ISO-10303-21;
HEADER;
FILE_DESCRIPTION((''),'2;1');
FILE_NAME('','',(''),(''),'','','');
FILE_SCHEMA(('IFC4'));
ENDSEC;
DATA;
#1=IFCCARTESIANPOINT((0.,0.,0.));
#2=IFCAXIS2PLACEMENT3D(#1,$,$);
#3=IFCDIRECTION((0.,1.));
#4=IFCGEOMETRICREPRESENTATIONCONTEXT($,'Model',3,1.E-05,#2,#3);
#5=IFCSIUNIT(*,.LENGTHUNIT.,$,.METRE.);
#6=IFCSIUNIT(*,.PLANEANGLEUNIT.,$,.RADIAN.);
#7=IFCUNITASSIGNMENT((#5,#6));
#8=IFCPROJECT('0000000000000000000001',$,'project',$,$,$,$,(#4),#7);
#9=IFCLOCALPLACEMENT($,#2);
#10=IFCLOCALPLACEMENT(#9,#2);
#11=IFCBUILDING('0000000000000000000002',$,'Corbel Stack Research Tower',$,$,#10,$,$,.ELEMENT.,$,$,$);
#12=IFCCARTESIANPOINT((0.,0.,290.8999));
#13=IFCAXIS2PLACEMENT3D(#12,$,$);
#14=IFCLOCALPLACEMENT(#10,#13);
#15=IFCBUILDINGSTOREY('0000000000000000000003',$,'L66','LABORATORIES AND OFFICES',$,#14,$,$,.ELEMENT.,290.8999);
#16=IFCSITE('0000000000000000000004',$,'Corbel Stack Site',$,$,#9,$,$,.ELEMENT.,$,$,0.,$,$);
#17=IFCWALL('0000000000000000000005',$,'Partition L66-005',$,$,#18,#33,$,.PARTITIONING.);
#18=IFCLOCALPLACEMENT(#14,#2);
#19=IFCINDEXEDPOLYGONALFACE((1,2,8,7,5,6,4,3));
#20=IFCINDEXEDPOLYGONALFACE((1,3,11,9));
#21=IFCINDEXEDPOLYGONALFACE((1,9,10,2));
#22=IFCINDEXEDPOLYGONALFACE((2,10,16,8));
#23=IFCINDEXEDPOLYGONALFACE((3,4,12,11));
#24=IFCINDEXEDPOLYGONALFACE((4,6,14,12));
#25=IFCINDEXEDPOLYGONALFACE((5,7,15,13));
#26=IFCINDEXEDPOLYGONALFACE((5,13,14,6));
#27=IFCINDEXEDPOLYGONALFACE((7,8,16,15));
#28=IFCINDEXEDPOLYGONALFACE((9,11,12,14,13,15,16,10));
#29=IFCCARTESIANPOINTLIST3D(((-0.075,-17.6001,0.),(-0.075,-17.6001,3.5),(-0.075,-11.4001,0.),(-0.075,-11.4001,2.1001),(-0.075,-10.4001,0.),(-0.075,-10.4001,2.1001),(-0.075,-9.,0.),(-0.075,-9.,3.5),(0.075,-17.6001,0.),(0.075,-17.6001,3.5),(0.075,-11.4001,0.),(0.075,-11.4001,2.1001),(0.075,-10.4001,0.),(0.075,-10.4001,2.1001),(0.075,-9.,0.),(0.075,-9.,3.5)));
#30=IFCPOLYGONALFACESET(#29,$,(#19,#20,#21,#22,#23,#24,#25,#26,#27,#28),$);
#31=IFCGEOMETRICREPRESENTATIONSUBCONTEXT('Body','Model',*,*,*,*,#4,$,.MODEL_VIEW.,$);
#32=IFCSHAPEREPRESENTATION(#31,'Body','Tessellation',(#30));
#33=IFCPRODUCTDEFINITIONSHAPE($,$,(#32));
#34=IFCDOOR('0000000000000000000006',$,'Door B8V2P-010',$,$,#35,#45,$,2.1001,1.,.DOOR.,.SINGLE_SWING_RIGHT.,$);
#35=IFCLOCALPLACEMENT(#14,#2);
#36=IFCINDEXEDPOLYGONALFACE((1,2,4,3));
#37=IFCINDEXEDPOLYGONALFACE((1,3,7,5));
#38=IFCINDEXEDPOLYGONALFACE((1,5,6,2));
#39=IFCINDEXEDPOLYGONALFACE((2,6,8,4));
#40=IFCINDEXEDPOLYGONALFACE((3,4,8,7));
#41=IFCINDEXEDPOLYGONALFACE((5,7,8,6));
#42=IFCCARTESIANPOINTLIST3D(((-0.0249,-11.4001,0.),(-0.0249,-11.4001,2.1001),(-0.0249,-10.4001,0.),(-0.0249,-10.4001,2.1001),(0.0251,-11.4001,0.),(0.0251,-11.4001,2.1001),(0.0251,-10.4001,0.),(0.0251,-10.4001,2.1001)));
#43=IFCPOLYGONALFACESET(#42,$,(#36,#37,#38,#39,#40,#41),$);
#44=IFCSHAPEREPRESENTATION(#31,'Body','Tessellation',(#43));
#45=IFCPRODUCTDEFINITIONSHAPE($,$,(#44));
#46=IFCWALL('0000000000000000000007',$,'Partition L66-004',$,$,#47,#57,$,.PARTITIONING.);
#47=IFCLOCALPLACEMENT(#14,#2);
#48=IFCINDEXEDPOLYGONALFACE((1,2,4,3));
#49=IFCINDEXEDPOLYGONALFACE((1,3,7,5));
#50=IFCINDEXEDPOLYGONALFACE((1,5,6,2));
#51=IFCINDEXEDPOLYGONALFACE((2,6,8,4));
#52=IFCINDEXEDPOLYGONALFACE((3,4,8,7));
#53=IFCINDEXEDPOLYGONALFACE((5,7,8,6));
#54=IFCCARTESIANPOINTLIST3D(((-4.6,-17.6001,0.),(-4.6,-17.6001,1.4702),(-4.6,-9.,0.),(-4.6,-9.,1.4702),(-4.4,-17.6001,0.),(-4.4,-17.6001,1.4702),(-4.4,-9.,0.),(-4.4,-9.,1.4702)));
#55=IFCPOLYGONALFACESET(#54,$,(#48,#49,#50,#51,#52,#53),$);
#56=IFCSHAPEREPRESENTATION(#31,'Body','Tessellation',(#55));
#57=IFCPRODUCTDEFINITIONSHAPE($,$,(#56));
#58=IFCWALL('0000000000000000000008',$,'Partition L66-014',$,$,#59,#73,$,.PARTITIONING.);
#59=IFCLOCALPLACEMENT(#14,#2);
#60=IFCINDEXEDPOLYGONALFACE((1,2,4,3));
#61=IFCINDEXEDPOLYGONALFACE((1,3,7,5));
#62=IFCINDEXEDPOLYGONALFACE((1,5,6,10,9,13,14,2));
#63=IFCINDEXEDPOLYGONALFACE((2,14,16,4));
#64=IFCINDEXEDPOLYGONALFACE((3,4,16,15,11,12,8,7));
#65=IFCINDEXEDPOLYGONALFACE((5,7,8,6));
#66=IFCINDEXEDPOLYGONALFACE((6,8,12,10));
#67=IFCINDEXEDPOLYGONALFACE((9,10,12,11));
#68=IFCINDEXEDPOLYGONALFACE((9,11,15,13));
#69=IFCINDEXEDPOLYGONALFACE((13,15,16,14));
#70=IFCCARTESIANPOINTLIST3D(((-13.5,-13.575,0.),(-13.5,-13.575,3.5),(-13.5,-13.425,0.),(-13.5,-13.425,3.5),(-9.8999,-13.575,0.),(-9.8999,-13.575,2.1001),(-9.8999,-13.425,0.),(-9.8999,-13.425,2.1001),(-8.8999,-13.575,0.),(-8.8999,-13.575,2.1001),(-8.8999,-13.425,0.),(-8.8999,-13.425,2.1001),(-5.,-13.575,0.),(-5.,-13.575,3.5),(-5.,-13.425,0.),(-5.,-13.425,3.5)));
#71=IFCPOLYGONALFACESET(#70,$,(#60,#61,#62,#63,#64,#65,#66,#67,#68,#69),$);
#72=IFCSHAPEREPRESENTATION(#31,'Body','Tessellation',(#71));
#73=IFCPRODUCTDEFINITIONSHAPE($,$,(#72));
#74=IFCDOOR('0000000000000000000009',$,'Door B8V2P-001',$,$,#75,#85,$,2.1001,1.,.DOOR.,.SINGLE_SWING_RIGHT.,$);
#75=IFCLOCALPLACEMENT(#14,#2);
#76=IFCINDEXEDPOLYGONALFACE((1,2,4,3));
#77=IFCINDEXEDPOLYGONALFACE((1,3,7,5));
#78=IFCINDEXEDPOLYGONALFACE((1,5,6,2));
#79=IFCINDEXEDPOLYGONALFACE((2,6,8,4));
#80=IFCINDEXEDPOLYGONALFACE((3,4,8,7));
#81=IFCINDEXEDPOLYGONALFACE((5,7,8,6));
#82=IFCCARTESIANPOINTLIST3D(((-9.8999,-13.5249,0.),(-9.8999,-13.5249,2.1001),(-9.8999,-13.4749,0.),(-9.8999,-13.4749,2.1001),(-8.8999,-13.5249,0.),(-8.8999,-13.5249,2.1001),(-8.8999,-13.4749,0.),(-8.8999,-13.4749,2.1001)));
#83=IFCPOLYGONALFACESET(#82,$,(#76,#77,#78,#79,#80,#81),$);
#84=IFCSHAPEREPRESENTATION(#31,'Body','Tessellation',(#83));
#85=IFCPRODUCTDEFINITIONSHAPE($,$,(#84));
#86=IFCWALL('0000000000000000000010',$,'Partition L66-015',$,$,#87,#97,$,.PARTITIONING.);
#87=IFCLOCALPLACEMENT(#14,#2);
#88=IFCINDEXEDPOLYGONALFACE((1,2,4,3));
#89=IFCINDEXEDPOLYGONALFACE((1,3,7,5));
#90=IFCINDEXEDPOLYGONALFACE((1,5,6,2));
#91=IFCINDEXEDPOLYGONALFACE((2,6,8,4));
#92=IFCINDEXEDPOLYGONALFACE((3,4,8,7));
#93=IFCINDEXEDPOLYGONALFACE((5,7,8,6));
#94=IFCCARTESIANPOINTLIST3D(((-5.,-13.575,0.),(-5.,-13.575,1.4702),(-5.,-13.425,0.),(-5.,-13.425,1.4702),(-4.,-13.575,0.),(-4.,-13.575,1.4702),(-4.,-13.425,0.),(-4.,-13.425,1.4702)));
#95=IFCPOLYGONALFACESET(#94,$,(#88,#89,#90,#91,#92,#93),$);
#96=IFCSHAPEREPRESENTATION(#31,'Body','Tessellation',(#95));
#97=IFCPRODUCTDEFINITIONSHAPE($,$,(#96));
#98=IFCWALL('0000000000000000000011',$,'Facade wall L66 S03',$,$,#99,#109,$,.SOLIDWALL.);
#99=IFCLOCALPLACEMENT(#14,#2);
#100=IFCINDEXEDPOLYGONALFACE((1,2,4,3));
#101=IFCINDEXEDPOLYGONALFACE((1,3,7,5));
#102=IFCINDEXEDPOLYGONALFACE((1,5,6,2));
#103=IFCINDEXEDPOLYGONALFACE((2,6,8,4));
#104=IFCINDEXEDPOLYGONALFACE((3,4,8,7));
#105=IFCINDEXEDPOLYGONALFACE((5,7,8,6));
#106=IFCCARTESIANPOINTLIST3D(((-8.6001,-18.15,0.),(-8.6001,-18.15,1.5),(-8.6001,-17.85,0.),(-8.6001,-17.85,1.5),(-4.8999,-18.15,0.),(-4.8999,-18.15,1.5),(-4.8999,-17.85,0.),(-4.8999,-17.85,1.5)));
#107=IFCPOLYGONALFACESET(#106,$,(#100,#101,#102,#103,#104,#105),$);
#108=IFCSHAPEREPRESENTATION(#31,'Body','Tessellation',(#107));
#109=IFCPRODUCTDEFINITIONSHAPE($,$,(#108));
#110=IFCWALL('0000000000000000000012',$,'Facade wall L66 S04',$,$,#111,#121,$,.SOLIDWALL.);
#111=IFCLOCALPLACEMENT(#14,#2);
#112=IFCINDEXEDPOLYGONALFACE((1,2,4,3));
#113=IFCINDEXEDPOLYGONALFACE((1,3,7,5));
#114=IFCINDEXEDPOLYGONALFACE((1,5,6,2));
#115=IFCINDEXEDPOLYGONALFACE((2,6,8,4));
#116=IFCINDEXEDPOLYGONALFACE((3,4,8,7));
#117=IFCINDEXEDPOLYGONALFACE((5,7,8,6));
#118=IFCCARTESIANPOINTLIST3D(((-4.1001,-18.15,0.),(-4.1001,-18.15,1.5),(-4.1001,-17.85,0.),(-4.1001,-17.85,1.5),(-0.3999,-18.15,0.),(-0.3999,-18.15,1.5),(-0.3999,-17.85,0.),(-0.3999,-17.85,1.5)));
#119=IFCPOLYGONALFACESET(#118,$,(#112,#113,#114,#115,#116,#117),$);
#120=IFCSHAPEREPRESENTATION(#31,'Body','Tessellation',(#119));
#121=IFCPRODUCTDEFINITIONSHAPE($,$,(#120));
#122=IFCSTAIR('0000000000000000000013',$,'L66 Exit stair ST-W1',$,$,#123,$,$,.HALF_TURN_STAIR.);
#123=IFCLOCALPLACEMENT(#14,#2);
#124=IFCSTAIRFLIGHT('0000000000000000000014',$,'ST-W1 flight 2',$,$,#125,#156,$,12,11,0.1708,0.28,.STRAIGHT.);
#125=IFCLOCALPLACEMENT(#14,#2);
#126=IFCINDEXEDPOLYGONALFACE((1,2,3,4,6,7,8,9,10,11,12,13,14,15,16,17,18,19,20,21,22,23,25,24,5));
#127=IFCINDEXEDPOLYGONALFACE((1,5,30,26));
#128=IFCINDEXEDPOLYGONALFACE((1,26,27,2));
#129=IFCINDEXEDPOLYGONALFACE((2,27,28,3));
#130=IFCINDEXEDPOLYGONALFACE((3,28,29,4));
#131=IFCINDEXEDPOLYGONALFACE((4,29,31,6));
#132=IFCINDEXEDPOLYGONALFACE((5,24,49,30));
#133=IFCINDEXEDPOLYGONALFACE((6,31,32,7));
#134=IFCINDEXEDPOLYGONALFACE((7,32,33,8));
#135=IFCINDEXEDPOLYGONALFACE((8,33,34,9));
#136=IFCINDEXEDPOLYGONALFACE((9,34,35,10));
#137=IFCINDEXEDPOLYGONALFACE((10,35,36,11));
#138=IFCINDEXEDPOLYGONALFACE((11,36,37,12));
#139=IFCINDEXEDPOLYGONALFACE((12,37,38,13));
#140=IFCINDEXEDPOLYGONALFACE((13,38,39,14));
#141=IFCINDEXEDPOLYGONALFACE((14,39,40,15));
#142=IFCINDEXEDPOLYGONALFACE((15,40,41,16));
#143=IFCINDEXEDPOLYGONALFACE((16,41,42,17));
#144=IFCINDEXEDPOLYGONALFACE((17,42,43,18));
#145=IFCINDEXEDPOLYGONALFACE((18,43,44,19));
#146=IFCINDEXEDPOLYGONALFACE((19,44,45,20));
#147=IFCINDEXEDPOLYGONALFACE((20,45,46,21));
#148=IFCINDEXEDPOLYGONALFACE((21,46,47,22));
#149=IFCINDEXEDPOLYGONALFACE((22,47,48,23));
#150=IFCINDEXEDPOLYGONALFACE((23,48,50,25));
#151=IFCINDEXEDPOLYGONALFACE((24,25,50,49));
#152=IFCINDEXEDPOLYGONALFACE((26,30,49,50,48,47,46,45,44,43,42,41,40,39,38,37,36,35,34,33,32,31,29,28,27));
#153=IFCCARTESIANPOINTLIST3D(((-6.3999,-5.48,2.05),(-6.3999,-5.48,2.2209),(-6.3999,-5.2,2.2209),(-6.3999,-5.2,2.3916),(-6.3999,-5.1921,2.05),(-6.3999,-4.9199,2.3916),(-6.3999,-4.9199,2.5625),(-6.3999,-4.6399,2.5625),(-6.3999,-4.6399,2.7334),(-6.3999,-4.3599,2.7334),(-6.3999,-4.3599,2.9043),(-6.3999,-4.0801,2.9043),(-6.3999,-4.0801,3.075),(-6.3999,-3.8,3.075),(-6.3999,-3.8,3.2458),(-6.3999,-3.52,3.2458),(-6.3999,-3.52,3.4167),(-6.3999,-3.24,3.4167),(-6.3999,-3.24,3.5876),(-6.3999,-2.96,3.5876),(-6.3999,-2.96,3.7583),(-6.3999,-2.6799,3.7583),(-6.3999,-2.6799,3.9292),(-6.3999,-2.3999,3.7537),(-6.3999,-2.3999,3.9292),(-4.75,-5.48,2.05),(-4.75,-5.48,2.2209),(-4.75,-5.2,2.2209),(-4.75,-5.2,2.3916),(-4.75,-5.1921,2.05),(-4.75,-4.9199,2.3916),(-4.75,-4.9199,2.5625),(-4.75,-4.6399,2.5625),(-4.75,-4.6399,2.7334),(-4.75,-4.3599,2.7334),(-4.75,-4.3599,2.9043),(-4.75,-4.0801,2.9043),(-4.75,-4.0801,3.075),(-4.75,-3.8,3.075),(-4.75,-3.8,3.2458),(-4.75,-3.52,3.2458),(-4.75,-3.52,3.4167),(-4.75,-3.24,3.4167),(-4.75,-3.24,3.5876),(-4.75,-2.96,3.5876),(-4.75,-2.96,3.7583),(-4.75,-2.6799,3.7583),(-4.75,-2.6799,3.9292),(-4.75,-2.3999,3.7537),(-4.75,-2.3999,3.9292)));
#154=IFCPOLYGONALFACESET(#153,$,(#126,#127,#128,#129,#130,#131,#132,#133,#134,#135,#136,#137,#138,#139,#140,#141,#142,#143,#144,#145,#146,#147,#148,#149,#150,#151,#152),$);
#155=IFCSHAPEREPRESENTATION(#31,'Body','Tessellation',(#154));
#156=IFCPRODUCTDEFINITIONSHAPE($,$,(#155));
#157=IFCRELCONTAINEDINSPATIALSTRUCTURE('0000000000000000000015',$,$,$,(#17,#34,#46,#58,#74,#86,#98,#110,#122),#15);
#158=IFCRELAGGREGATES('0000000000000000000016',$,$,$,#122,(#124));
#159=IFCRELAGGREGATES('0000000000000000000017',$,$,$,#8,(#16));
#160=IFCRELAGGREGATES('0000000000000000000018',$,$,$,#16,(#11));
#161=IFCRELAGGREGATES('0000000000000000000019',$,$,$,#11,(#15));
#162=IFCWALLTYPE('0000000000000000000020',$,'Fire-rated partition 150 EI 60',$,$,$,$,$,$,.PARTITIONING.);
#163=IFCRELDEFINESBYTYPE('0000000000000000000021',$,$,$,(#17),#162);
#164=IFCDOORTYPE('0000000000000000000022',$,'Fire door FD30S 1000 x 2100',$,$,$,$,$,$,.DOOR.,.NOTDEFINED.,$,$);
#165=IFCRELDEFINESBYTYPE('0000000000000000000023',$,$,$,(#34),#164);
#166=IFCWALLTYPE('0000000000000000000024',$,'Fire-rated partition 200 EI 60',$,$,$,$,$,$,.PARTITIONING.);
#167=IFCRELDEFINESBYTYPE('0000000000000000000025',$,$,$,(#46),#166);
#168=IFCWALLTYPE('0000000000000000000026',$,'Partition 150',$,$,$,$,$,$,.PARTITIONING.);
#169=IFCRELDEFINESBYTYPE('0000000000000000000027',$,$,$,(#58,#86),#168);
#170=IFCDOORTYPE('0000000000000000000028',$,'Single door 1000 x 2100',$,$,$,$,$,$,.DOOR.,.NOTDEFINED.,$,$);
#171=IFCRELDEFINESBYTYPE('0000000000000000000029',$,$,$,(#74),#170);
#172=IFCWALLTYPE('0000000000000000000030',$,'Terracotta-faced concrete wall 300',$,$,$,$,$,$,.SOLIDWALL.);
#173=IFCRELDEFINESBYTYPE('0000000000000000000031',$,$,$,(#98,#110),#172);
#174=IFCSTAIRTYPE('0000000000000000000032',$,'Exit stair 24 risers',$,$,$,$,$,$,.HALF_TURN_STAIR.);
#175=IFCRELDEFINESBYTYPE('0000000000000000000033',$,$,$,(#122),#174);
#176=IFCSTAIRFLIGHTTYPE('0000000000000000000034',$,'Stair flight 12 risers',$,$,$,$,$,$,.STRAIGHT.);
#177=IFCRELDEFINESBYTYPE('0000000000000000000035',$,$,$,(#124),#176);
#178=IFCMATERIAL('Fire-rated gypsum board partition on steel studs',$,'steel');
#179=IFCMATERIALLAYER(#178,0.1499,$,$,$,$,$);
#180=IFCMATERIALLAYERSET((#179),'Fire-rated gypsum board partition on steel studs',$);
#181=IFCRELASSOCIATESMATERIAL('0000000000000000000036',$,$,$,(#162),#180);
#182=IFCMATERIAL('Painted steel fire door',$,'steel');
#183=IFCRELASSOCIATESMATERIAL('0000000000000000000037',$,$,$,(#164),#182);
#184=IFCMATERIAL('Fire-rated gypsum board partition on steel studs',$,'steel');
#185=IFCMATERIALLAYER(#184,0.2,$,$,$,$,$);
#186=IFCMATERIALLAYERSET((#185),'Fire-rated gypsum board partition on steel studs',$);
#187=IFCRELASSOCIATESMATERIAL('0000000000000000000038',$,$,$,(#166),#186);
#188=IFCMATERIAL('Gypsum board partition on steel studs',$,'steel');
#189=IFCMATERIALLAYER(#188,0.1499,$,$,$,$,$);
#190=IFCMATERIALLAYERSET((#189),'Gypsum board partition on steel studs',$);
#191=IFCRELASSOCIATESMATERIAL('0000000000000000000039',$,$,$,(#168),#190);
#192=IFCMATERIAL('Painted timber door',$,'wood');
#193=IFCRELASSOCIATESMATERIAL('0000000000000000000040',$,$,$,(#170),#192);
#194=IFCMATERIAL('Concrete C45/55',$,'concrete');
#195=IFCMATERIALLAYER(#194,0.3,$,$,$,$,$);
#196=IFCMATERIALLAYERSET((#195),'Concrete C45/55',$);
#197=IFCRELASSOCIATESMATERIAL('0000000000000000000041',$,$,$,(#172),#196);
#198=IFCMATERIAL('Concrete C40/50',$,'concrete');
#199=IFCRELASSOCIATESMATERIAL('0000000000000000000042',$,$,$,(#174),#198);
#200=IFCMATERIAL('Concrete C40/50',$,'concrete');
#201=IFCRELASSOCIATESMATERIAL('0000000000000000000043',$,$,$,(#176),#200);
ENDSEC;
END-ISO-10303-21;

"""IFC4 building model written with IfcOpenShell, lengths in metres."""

from ifc_helpers import new_model, si_unit, direction, frame, frame_2d, origin, place, context, subcontext, project, spatial, polyline, rectangle, outline, extrude, material, layer, layer_set, type_object, element, fill, aggregate, save


model = new_model("IFC4")

# Units and contexts
model_context = context("Model", 3, precision=1e-05, world=origin(), true_north=direction((0.0, 1.0)))
body_context = subcontext(model_context, "Body", "Model", "MODEL_VIEW")
ifc_project = project(units=[si_unit("LENGTHUNIT", "METRE"), si_unit("PLANEANGLEUNIT", "RADIAN")], contexts=[model_context])

# Site, building, storey
site_placement = place(None, origin())
site = spatial("IfcSite", under=ifc_project, at=site_placement, Name="Corbel Stack Site", CompositionType="ELEMENT", RefElevation=0.0)
building_placement = place(site_placement, origin())
building = spatial("IfcBuilding", under=site, at=building_placement, Name="Corbel Stack Research Tower", CompositionType="ELEMENT")
storey_placement = place(building_placement, frame((0.0, 0.0, 290.8999)))
storey = spatial("IfcBuildingStorey", under=building, at=storey_placement, Name="L66", Description="LABORATORIES AND OFFICES", CompositionType="ELEMENT", Elevation=290.8999)

# Wall, opening, door
ifc_material_1 = material(Name="Fire-rated gypsum board partition on steel studs", Category="steel")
ifc_layer_1 = layer(ifc_material_1, 0.1499)
ifc_layer_set_1 = layer_set([ifc_layer_1], Name="Fire-rated gypsum board partition on steel studs")
wall_type_1 = type_object("IfcWallType", Name="Fire-rated partition 150 EI 60", PredefinedType="PARTITIONING", material=ifc_layer_set_1)
wall_1_placement = place(storey_placement, frame((0.0, -17.6001, 0.0), z_axis=(0.0, 0.0, 1.0), x_axis=(0.0, 1.0, 0.0)))
wall_1 = element("IfcWall", 1, at=wall_1_placement, inside=storey, type_object=wall_type_1, Name="Partition L66-005", PredefinedType="PARTITIONING", context=body_context, shape_type="SweptSolid", body=[
    extrude(rectangle(XDim=8.6001, YDim=0.1499, at=frame_2d((4.3, 0.0))), origin(), (0.0, 0.0, 1.0), 3.5),
])
opening_1_placement = place(wall_1_placement, frame((6.2, 0.0, 0.0)))
opening_1 = element("IfcOpeningElement", 2, at=opening_1_placement, cuts=wall_1, PredefinedType="OPENING", context=body_context, shape_type="SweptSolid", body=[
    extrude(rectangle(XDim=1.0, YDim=2.1001, at=frame_2d((0.5, 1.05))), frame((0.0, 0.085, 0.0), z_axis=(0.0, -1.0, 0.0), x_axis=(1.0, 0.0, 0.0)), (0.0, 0.0, 1.0), 0.1699),
])
ifc_material_2 = material(Name="Painted steel fire door", Category="steel")
door_type_1 = type_object("IfcDoorType", Name="Fire door FD30S 1000 x 2100", OperationType="NOTDEFINED", PredefinedType="DOOR", material=ifc_material_2)
door_1_placement = place(opening_1_placement, origin())
door_1 = element("IfcDoor", 3, at=door_1_placement, inside=storey, type_object=door_type_1, Name="Door B8V2P-010", OperationType="SINGLE_SWING_RIGHT", OverallHeight=2.1001, OverallWidth=1.0, PredefinedType="DOOR", context=body_context, shape_type="SweptSolid", body=[
    extrude(rectangle(XDim=1.0, YDim=2.1001, at=frame_2d((0.5, 1.05))), frame((0.0, 0.0249, 0.0), z_axis=(0.0, -1.0, 0.0), x_axis=(1.0, 0.0, 0.0)), (0.0, 0.0, 1.0), 0.05),
])
fill(opening_1, door_1)

# Wall
ifc_material_3 = material(Name="Fire-rated gypsum board partition on steel studs", Category="steel")
ifc_layer_2 = layer(ifc_material_3, 0.2)
ifc_layer_set_2 = layer_set([ifc_layer_2], Name="Fire-rated gypsum board partition on steel studs")
wall_type_2 = type_object("IfcWallType", Name="Fire-rated partition 200 EI 60", PredefinedType="PARTITIONING", material=ifc_layer_set_2)
wall_2_placement = place(storey_placement, frame((-4.5, -17.6001, 0.0), z_axis=(0.0, 0.0, 1.0), x_axis=(0.0, 1.0, 0.0)))
element("IfcWall", 4, at=wall_2_placement, inside=storey, type_object=wall_type_2, Name="Partition L66-004", PredefinedType="PARTITIONING", context=body_context, shape_type="SweptSolid", body=[
    extrude(rectangle(XDim=8.6001, YDim=0.2, at=frame_2d((4.3, 0.0))), origin(), (0.0, 0.0, 1.0), 1.4702),
])

# Wall, opening, door
ifc_material_4 = material(Name="Gypsum board partition on steel studs", Category="steel")
ifc_layer_3 = layer(ifc_material_4, 0.1499)
ifc_layer_set_3 = layer_set([ifc_layer_3], Name="Gypsum board partition on steel studs")
wall_type_3 = type_object("IfcWallType", Name="Partition 150", PredefinedType="PARTITIONING", material=ifc_layer_set_3)
wall_3_placement = place(storey_placement, frame((-5.0, -13.5, 0.0), z_axis=(0.0, 0.0, 1.0), x_axis=(-1.0, 0.0, 0.0)))
wall_3 = element("IfcWall", 5, at=wall_3_placement, inside=storey, type_object=wall_type_3, Name="Partition L66-014", PredefinedType="PARTITIONING", context=body_context, shape_type="SweptSolid", body=[
    extrude(rectangle(XDim=8.5, YDim=0.1499, at=frame_2d((4.25, 0.0))), origin(), (0.0, 0.0, 1.0), 3.5),
])
opening_2_placement = place(wall_3_placement, frame((3.8999, 0.0, 0.0)))
opening_2 = element("IfcOpeningElement", 6, at=opening_2_placement, cuts=wall_3, PredefinedType="OPENING", context=body_context, shape_type="SweptSolid", body=[
    extrude(rectangle(XDim=1.0, YDim=2.1001, at=frame_2d((0.5, 1.05))), frame((0.0, 0.085, 0.0), z_axis=(0.0, -1.0, 0.0), x_axis=(1.0, 0.0, 0.0)), (0.0, 0.0, 1.0), 0.1699),
])
ifc_material_5 = material(Name="Painted timber door", Category="wood")
door_type_2 = type_object("IfcDoorType", Name="Single door 1000 x 2100", OperationType="NOTDEFINED", PredefinedType="DOOR", material=ifc_material_5)
door_2_placement = place(opening_2_placement, origin())
door_2 = element("IfcDoor", 7, at=door_2_placement, inside=storey, type_object=door_type_2, Name="Door B8V2P-001", OperationType="SINGLE_SWING_RIGHT", OverallHeight=2.1001, OverallWidth=1.0, PredefinedType="DOOR", context=body_context, shape_type="SweptSolid", body=[
    extrude(rectangle(XDim=1.0, YDim=2.1001, at=frame_2d((0.5, 1.05))), frame((0.0, 0.0249, 0.0), z_axis=(0.0, -1.0, 0.0), x_axis=(1.0, 0.0, 0.0)), (0.0, 0.0, 1.0), 0.05),
])
fill(opening_2, door_2)

# Walls
wall_4_placement = place(storey_placement, frame((-5.0, -13.5, 0.0), z_axis=(0.0, 0.0, 1.0), x_axis=(1.0, 0.0, 0.0)))
element("IfcWall", 8, at=wall_4_placement, inside=storey, type_object=wall_type_3, Name="Partition L66-015", PredefinedType="PARTITIONING", context=body_context, shape_type="SweptSolid", body=[
    extrude(rectangle(XDim=1.0, YDim=0.1499, at=frame_2d((0.5, 0.0))), origin(), (0.0, 0.0, 1.0), 1.4702),
])
ifc_material_6 = material(Name="Concrete C45/55", Category="concrete")
ifc_layer_4 = layer(ifc_material_6, 0.3)
ifc_layer_set_4 = layer_set([ifc_layer_4], Name="Concrete C45/55")
wall_type_4 = type_object("IfcWallType", Name="Terracotta-faced concrete wall 300", PredefinedType="SOLIDWALL", material=ifc_layer_set_4)
for number, where, z_axis, x_axis, name in (
    (9, (-4.8999, -18.0, 0.0), (0.0, 0.0, 1.0), (-1.0, 0.0, 0.0), "Facade wall L66 S03"),
    (10, (-0.3999, -18.0, 0.0), (0.0, 0.0, 1.0), (-1.0, 0.0, 0.0), "Facade wall L66 S04"),
):
    element("IfcWall", number, at=place(storey_placement, frame(where, z_axis=z_axis, x_axis=x_axis)), inside=storey, type_object=wall_type_4, Name=name, PredefinedType="SOLIDWALL", context=body_context, shape_type="SweptSolid", body=[
        extrude(rectangle(XDim=3.7002, YDim=0.3, at=frame_2d((1.8501, 0.0))), origin(), (0.0, 0.0, 1.0), 1.5),
    ])

# Stair, stair flight
ifc_material_7 = material(Name="Concrete C40/50", Category="concrete")
stair_type = type_object("IfcStairType", Name="Exit stair 24 risers", PredefinedType="HALF_TURN_STAIR", material=ifc_material_7)
stair_placement = place(storey_placement, origin())
stair = element("IfcStair", 11, at=stair_placement, inside=storey, type_object=stair_type, Name="L66 Exit stair ST-W1", PredefinedType="HALF_TURN_STAIR")
ifc_material_8 = material(Name="Concrete C40/50", Category="concrete")
stair_flight_type = type_object("IfcStairFlightType", Name="Stair flight 12 risers", PredefinedType="STRAIGHT", material=ifc_material_8)
stair_flight_placement = place(storey_placement, frame((-5.575, -5.48, 2.05), z_axis=(0.0, 0.0, 1.0), x_axis=(0.0, 1.0, 0.0)))
stair_flight = element("IfcStairFlight", 12, at=stair_flight_placement, type_object=stair_flight_type, Name="ST-W1 flight 2", NumberOfRisers=12, NumberOfTreads=11, PredefinedType="STRAIGHT", RiserHeight=0.1708, TreadLength=0.28, context=body_context, shape_type="SweptSolid", body=[
    extrude(outline(polyline([(0.0, 0.0), (0.0, 0.1709), (0.28, 0.1709), (0.28, 0.3416), (0.5601, 0.3416), (0.5601, 0.5125), (0.8401, 0.5125), (0.8401, 0.6833), (1.1201, 0.6833), (1.1201, 0.8542), (1.3999, 0.8542), (1.3999, 1.0249), (1.6799, 1.0249), (1.6799, 1.1958), (1.96, 1.1958), (1.96, 1.3667), (2.24, 1.3667), (2.24, 1.5376), (2.52, 1.5376), (2.52, 1.7083), (2.8, 1.7083), (2.8, 1.8792), (3.0801, 1.8792), (3.0801, 2.05), (3.0801, 1.7036), (0.2878, 0.0), (0.0, 0.0)])), frame((0.0, 0.825, 0.0), z_axis=(0.0, -1.0, 0.0), x_axis=(1.0, 0.0, 0.0)), (0.0, 0.0, 1.0), 1.6499),
])
aggregate(stair, [stair_flight])

save(model, "model.ifc")
